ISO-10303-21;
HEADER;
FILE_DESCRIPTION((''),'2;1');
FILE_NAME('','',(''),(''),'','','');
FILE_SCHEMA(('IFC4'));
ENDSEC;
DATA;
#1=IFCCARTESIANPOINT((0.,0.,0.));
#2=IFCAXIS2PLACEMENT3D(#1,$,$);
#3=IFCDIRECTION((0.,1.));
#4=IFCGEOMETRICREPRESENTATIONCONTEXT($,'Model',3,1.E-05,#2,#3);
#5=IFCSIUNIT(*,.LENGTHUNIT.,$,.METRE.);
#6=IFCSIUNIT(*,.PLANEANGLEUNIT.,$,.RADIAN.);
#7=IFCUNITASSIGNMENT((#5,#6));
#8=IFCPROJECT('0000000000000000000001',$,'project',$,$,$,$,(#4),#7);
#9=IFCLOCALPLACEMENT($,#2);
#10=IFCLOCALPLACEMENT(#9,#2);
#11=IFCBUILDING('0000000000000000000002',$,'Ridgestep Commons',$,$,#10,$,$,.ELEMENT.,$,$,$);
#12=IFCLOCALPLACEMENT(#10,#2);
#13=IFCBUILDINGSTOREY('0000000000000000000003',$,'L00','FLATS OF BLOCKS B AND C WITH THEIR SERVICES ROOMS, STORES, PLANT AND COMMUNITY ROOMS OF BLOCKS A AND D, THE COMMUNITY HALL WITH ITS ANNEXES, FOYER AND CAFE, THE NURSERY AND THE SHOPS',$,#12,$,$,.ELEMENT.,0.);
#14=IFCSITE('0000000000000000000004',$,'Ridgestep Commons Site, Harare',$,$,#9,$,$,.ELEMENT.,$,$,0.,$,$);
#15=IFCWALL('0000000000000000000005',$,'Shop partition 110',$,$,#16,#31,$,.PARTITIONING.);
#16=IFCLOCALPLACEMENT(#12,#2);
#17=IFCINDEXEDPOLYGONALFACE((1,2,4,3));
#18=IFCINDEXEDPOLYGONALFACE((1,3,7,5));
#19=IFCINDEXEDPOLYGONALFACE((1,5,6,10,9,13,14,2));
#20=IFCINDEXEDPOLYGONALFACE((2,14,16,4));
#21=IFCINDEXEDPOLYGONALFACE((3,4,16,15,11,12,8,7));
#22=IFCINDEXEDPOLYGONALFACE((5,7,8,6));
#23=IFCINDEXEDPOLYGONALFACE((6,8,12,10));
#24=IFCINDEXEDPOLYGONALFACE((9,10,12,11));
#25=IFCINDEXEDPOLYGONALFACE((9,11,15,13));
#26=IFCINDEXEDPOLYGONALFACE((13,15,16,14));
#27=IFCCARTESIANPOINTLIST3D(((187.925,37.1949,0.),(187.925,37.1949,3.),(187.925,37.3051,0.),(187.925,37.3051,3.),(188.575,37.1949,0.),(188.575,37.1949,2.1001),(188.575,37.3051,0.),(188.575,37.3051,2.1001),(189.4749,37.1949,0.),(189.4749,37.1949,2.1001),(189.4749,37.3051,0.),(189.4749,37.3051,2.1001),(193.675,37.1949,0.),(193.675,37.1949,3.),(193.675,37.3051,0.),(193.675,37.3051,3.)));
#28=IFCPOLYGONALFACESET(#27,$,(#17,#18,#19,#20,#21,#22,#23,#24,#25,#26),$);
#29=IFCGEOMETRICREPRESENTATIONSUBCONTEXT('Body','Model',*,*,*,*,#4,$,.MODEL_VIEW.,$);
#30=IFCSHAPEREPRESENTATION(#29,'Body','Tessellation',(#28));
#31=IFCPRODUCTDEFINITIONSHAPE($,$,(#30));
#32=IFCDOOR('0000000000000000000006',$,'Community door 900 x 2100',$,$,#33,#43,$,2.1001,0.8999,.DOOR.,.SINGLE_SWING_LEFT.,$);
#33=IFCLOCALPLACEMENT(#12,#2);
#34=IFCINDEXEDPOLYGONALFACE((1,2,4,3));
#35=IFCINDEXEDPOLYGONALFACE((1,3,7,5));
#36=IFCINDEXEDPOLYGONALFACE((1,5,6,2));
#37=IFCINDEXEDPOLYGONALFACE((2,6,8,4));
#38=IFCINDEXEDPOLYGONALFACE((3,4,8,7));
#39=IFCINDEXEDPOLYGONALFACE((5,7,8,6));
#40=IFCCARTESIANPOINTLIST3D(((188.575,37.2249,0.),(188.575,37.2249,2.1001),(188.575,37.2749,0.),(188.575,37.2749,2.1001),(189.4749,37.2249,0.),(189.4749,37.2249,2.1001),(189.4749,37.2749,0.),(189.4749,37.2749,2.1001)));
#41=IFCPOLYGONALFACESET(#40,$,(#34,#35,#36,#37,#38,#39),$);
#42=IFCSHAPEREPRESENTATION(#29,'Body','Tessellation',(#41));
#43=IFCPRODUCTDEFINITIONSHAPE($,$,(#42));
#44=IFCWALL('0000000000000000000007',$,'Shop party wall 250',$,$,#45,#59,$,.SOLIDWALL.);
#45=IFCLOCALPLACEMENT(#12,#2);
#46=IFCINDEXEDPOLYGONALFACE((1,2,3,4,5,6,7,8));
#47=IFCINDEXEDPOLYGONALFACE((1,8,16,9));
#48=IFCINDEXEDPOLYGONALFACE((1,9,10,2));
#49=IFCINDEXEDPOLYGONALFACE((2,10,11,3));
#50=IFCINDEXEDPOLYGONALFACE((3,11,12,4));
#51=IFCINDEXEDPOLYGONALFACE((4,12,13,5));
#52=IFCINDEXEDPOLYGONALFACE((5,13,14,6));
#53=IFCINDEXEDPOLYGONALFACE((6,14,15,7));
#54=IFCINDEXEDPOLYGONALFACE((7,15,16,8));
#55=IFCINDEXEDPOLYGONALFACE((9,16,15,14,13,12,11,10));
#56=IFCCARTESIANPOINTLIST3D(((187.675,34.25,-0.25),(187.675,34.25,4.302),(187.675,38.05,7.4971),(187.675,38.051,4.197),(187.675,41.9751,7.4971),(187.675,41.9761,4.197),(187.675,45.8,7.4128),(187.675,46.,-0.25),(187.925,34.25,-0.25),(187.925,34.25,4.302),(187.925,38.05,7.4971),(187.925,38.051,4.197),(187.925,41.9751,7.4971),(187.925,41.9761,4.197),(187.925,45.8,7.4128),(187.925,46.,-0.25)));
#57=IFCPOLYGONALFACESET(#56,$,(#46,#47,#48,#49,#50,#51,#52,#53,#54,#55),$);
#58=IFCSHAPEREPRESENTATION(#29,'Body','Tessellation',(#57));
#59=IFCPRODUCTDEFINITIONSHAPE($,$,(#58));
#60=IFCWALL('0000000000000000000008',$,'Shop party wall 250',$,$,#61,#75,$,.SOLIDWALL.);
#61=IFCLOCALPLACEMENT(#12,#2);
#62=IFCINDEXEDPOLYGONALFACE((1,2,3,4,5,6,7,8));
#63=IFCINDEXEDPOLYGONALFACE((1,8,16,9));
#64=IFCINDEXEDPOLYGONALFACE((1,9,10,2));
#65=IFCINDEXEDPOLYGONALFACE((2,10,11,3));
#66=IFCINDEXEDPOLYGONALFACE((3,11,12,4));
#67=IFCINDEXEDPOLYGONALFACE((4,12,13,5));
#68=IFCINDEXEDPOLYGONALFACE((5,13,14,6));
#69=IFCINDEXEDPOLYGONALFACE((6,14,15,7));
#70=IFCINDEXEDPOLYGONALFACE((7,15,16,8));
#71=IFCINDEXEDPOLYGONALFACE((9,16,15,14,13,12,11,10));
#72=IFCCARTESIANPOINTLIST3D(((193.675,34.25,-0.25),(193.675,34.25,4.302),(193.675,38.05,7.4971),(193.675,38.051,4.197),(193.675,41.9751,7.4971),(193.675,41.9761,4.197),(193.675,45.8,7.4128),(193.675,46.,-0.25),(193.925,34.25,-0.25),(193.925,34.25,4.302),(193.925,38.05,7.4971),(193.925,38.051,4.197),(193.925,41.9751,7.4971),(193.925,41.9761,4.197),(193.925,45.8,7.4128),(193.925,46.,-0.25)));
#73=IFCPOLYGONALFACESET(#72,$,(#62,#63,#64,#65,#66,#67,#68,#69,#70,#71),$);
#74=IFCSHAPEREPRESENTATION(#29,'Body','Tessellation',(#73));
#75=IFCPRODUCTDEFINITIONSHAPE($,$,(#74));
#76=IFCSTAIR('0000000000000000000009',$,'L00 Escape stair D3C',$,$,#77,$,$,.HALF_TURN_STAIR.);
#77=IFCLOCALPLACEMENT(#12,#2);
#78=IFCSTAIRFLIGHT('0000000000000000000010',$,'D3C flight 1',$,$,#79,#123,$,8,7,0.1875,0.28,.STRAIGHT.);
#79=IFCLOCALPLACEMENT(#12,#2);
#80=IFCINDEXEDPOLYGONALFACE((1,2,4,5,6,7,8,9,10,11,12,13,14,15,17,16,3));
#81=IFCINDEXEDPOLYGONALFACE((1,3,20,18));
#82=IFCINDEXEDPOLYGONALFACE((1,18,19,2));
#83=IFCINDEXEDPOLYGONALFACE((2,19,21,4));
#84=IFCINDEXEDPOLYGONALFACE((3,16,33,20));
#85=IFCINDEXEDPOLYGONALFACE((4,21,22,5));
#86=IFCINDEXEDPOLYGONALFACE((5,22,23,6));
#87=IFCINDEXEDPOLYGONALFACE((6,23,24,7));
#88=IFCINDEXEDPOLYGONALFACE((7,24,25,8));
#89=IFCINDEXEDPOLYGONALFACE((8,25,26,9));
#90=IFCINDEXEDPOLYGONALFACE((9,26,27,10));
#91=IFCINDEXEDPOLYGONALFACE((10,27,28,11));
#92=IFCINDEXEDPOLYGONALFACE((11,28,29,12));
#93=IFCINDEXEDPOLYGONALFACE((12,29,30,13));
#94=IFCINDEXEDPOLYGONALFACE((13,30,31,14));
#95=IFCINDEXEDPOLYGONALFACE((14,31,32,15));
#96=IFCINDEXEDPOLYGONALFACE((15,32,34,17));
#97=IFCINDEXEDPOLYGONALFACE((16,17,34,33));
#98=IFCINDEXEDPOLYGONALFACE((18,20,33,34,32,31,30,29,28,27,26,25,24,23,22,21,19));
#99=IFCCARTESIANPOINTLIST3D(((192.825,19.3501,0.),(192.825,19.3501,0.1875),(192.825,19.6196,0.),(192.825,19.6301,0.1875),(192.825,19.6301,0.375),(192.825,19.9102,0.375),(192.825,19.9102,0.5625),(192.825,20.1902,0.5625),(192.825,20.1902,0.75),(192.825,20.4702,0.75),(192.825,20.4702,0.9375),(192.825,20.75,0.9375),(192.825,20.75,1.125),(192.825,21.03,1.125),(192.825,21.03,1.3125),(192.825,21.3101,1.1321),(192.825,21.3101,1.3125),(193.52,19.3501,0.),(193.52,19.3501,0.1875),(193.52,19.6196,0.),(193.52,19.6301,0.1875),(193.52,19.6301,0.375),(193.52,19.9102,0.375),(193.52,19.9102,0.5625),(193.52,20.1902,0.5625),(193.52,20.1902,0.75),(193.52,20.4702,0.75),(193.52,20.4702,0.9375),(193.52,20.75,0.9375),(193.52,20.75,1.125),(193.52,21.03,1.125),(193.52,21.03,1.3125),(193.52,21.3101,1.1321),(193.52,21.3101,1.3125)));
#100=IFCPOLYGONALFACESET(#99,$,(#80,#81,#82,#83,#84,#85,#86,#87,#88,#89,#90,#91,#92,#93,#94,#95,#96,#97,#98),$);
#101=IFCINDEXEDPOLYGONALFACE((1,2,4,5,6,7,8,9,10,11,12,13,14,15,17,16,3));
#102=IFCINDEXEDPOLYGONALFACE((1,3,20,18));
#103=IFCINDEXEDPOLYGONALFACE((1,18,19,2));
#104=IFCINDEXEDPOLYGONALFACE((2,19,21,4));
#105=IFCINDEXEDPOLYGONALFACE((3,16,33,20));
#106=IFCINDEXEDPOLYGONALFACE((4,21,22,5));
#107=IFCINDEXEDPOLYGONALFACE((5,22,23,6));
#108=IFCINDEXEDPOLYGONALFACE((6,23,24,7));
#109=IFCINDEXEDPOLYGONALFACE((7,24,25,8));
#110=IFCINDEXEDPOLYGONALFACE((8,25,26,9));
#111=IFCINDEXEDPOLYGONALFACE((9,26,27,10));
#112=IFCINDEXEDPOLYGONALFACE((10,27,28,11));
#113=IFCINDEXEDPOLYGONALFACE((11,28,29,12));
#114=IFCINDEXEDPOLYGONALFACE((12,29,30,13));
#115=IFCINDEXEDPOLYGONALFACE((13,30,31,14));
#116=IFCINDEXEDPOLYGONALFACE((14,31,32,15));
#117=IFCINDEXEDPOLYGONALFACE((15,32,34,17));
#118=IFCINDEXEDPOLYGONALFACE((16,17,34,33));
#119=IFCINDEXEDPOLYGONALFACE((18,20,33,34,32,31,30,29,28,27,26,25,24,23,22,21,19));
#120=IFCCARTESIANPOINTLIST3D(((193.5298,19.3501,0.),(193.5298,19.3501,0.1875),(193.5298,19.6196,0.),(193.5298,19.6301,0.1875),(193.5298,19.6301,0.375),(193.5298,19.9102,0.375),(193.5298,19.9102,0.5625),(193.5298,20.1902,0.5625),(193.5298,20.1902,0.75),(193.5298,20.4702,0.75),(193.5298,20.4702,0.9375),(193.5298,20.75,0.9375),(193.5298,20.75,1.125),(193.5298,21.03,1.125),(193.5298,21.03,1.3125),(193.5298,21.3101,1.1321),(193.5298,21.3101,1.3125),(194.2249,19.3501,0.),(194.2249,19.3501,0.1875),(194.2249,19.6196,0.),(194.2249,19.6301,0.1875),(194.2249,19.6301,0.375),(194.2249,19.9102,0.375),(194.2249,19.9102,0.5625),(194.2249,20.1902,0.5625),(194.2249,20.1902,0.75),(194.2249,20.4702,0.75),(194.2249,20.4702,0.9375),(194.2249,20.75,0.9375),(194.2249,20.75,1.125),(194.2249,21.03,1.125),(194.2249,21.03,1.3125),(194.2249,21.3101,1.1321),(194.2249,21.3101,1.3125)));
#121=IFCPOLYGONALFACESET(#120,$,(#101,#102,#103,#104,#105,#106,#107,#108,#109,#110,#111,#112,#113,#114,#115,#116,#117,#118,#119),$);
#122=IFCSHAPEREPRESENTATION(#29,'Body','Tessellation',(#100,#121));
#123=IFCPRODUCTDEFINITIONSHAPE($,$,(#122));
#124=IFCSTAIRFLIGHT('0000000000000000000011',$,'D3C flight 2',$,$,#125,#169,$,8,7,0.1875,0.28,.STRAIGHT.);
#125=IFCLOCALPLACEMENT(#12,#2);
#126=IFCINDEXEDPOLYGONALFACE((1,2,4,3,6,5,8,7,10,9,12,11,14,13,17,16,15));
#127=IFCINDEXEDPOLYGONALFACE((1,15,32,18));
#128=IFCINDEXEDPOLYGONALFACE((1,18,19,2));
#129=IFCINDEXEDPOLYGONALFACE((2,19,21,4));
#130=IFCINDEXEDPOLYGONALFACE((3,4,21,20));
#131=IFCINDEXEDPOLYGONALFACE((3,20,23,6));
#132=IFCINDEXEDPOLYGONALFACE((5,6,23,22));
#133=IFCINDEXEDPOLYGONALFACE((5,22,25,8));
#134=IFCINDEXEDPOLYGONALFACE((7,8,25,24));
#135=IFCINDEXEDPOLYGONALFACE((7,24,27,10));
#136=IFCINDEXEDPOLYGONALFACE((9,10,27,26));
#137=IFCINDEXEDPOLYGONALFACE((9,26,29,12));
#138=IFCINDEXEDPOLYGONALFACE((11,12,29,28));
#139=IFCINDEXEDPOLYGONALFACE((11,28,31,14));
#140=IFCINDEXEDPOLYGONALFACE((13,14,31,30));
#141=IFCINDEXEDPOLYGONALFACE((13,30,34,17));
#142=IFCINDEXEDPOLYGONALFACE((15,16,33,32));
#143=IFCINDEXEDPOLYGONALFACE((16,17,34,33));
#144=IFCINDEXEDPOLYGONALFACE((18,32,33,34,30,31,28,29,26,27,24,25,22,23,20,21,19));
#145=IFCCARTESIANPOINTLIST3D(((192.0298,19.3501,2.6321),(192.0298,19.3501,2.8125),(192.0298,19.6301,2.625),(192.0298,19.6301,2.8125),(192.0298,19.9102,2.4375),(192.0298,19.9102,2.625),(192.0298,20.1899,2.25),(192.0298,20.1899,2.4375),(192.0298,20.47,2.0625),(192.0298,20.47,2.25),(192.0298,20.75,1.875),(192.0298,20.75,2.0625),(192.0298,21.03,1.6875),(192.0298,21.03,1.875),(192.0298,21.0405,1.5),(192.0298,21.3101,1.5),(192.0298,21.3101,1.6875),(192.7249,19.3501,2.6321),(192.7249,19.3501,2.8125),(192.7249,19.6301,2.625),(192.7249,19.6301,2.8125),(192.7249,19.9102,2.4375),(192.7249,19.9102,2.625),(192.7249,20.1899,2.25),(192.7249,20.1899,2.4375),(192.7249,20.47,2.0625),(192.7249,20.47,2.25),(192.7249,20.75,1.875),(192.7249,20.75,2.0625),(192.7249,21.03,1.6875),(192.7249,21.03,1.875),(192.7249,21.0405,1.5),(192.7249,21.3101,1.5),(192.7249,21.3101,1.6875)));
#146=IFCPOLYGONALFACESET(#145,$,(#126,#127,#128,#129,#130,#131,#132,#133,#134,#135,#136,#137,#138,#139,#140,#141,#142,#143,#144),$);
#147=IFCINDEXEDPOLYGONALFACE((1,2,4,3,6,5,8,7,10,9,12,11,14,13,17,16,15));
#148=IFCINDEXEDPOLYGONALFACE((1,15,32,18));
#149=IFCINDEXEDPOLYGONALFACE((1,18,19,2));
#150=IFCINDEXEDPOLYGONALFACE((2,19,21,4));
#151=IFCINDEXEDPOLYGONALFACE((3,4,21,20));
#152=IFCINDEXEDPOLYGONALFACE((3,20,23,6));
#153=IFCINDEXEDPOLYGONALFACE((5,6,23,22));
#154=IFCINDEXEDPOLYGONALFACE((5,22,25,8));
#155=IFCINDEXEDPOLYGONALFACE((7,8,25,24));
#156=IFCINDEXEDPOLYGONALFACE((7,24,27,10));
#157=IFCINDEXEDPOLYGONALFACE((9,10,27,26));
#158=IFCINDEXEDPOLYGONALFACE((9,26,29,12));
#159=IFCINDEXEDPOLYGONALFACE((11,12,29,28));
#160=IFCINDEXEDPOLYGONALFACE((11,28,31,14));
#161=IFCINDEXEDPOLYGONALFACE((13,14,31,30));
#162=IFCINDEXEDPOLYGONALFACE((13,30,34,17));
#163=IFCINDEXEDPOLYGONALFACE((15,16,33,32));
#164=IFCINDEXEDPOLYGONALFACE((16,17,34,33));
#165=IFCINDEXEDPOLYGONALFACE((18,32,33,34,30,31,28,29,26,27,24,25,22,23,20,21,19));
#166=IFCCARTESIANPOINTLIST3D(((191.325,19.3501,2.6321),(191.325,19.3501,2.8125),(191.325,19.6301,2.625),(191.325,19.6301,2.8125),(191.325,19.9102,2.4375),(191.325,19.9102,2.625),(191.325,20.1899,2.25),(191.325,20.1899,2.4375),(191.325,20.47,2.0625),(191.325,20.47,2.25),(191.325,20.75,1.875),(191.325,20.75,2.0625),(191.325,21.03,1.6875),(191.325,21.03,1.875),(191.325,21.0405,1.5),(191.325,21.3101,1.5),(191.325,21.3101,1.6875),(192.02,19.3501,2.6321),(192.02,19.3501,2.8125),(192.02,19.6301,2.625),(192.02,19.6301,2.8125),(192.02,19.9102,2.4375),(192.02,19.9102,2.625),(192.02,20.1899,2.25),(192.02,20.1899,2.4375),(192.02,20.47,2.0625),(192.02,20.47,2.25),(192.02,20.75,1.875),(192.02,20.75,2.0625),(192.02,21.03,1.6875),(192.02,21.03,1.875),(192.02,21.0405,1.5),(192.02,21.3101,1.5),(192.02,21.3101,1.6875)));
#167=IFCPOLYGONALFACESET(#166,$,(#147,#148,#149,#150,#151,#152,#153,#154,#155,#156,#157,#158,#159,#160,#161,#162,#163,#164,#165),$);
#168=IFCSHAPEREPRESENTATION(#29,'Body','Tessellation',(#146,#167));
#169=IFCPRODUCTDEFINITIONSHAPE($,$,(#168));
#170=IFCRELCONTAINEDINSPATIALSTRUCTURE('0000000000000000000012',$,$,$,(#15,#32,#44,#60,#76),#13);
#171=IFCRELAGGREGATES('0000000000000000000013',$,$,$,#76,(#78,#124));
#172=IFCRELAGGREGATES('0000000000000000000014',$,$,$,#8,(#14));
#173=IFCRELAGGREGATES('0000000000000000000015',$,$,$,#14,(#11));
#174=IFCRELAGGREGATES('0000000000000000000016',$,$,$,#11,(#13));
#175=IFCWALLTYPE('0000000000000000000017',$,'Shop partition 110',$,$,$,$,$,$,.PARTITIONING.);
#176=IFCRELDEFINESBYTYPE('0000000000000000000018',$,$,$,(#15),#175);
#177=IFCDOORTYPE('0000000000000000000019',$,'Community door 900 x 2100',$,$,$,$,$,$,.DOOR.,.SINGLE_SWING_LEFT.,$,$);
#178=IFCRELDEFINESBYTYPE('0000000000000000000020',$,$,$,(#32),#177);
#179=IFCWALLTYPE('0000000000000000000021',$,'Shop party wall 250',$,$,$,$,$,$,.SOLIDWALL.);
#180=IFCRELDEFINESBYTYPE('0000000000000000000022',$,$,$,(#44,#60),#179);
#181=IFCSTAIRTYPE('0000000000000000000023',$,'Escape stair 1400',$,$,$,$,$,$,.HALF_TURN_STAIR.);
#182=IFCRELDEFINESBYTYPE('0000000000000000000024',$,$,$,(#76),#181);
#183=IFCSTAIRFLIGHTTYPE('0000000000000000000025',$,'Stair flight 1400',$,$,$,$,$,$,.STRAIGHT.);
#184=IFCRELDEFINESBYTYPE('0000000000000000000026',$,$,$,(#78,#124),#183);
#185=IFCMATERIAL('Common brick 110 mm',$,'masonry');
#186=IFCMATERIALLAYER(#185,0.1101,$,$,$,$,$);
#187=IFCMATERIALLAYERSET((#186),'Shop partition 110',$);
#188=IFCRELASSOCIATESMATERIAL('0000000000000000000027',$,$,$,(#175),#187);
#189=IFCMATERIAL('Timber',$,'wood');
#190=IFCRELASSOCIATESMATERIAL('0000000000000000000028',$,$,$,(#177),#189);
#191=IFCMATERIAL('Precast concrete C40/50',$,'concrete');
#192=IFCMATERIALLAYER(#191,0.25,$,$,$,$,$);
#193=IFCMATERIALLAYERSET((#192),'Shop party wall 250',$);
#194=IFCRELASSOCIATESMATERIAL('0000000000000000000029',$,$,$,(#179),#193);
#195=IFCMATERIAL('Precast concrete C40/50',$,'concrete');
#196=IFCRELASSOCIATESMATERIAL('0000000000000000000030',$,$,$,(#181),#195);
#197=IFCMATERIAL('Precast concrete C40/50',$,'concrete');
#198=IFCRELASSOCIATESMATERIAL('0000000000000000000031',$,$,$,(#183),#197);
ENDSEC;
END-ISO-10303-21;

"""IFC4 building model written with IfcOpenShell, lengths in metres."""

from ifc_helpers import new_model, si_unit, direction, frame, frame_2d, origin, place, context, subcontext, project, spatial, polyline, rectangle, outline, extrude, material, layer, layer_set, type_object, element, fill, aggregate, save


model = new_model("IFC4")

# Units and contexts
model_context = context("Model", 3, precision=1e-05, world=origin(), true_north=direction((0.0, 1.0)))
body_context = subcontext(model_context, "Body", "Model", "MODEL_VIEW")
ifc_project = project(units=[si_unit("LENGTHUNIT", "METRE"), si_unit("PLANEANGLEUNIT", "RADIAN")], contexts=[model_context])

# Site, building, storey
site_placement = place(None, origin())
site = spatial("IfcSite", under=ifc_project, at=site_placement, Name="Ridgestep Commons Site, Harare", CompositionType="ELEMENT", RefElevation=0.0)
building_placement = place(site_placement, origin())
building = spatial("IfcBuilding", under=site, at=building_placement, Name="Ridgestep Commons", CompositionType="ELEMENT")
storey_placement = place(building_placement, origin())
storey = spatial("IfcBuildingStorey", under=building, at=storey_placement, Name="L00", Description="FLATS OF BLOCKS B AND C WITH THEIR SERVICES ROOMS, STORES, PLANT AND COMMUNITY ROOMS OF BLOCKS A AND D, THE COMMUNITY HALL WITH ITS ANNEXES, FOYER AND CAFE, THE NURSERY AND THE SHOPS", CompositionType="ELEMENT", Elevation=0.0)

# Wall, opening, door
ifc_material_1 = material(Name="Common brick 110 mm", Category="masonry")
ifc_layer_1 = layer(ifc_material_1, 0.1101)
ifc_layer_set_1 = layer_set([ifc_layer_1], Name="Shop partition 110")
wall_type_1 = type_object("IfcWallType", Name="Shop partition 110", PredefinedType="PARTITIONING", material=ifc_layer_set_1)
wall_1_placement = place(storey_placement, frame((187.925, 37.25, 0.0), z_axis=(0.0, 0.0, 1.0), x_axis=(1.0, 0.0, 0.0)))
wall_1 = element("IfcWall", 1, at=wall_1_placement, inside=storey, type_object=wall_type_1, Name="Shop partition 110", PredefinedType="PARTITIONING", context=body_context, shape_type="SweptSolid", body=[
    extrude(rectangle(XDim=5.75, YDim=0.1101, at=frame_2d((2.875, 0.0))), origin(), (0.0, 0.0, 1.0), 3.0),
])
opening_1_placement = place(wall_1_placement, frame((0.6499, 0.0, 0.0)))
opening_1 = element("IfcOpeningElement", 2, at=opening_1_placement, cuts=wall_1, PredefinedType="OPENING", context=body_context, shape_type="SweptSolid", body=[
    extrude(rectangle(XDim=0.8999, YDim=2.1001, at=frame_2d((0.45, 1.05))), frame((0.0, 0.0649, 0.0), z_axis=(0.0, -1.0, 0.0), x_axis=(1.0, 0.0, 0.0)), (0.0, 0.0, 1.0), 0.1301),
])
ifc_material_2 = material(Name="Timber", Category="wood")
door_type_1 = type_object("IfcDoorType", Name="Community door 900 x 2100", OperationType="SINGLE_SWING_LEFT", PredefinedType="DOOR", material=ifc_material_2)
door_1_placement = place(opening_1_placement, origin())
door_1 = element("IfcDoor", 3, at=door_1_placement, inside=storey, type_object=door_type_1, Name="Community door 900 x 2100", OperationType="SINGLE_SWING_LEFT", OverallHeight=2.1001, OverallWidth=0.8999, PredefinedType="DOOR", context=body_context, shape_type="SweptSolid", body=[
    extrude(rectangle(XDim=0.8999, YDim=2.1001, at=frame_2d((0.45, 1.05))), frame((0.0, 0.0249, 0.0), z_axis=(0.0, -1.0, 0.0), x_axis=(1.0, 0.0, 0.0)), (0.0, 0.0, 1.0), 0.05),
])
fill(opening_1, door_1)

# Walls
ifc_material_3 = material(Name="Precast concrete C40/50", Category="concrete")
ifc_layer_2 = layer(ifc_material_3, 0.25)
ifc_layer_set_2 = layer_set([ifc_layer_2], Name="Shop party wall 250")
wall_type_2 = type_object("IfcWallType", Name="Shop party wall 250", PredefinedType="SOLIDWALL", material=ifc_layer_set_2)
for number, where, z_axis, x_axis, name in (
    (4, (187.8, 34.25, -0.25), (0.0, 0.0, 1.0), (0.0, 1.0, 0.0), "Shop party wall 250"),
    (5, (193.8, 34.25, -0.25), (0.0, 0.0, 1.0), (0.0, 1.0, 0.0), "Shop party wall 250"),
):
    element("IfcWall", number, at=place(storey_placement, frame(where, z_axis=z_axis, x_axis=x_axis)), inside=storey, type_object=wall_type_2, Name=name, PredefinedType="SOLIDWALL", context=body_context, shape_type="SweptSolid", body=[
        extrude(outline(polyline([(0.0, 0.0), (11.75, 0.0), (11.55, 7.6628), (7.7261, 4.447), (7.7251, 7.7471), (3.801, 4.447), (3.8, 7.7471), (0.0, 4.552), (0.0, 0.0)])), frame((0.0, 0.125, 0.0), z_axis=(0.0, -1.0, 0.0), x_axis=(1.0, 0.0, 0.0)), (0.0, 0.0, 1.0), 0.25),
    ])

# Stair, stair flights
ifc_material_4 = material(Name="Precast concrete C40/50", Category="concrete")
stair_type = type_object("IfcStairType", Name="Escape stair 1400", PredefinedType="HALF_TURN_STAIR", material=ifc_material_4)
stair_placement = place(storey_placement, origin())
stair = element("IfcStair", 6, at=stair_placement, inside=storey, type_object=stair_type, Name="L00 Escape stair D3C", PredefinedType="HALF_TURN_STAIR")
ifc_material_5 = material(Name="Precast concrete C40/50", Category="concrete")
stair_flight_type = type_object("IfcStairFlightType", Name="Stair flight 1400", PredefinedType="STRAIGHT", material=ifc_material_5)
stair_flight_1_placement = place(storey_placement, frame((193.5249, 19.3501, 0.0), z_axis=(0.0, 0.0, 1.0), x_axis=(0.0, 1.0, 0.0)))
stair_flight_1 = element("IfcStairFlight", 7, at=stair_flight_1_placement, type_object=stair_flight_type, Name="D3C flight 1", NumberOfRisers=8, NumberOfTreads=7, PredefinedType="STRAIGHT", RiserHeight=0.1875, TreadLength=0.28, context=body_context, shape_type="SweptSolid", body=[
    extrude(outline(polyline([(0.0, 0.0), (0.0, 0.1875), (0.28, 0.1875), (0.28, 0.375), (0.5601, 0.375), (0.5601, 0.5625), (0.8401, 0.5625), (0.8401, 0.75), (1.1201, 0.75), (1.1201, 0.9375), (1.3999, 0.9375), (1.3999, 1.125), (1.6799, 1.125), (1.6799, 1.3125), (1.96, 1.3125), (1.96, 1.5), (1.96, 1.1321), (0.2695, 0.0), (0.0, 0.0)])), frame((0.0, 0.7, 0.0), z_axis=(0.0, -1.0, 0.0), x_axis=(1.0, 0.0, 0.0)), (0.0, 0.0, 1.0), 0.6951),
    extrude(outline(polyline([(0.0, 0.0), (0.0, 0.1875), (0.28, 0.1875), (0.28, 0.375), (0.5601, 0.375), (0.5601, 0.5625), (0.8401, 0.5625), (0.8401, 0.75), (1.1201, 0.75), (1.1201, 0.9375), (1.3999, 0.9375), (1.3999, 1.125), (1.6799, 1.125), (1.6799, 1.3125), (1.96, 1.3125), (1.96, 1.5), (1.96, 1.1321), (0.2695, 0.0), (0.0, 0.0)])), frame((0.0, -0.0049, 0.0), z_axis=(0.0, -1.0, 0.0), x_axis=(1.0, 0.0, 0.0)), (0.0, 0.0, 1.0), 0.6951),
])
stair_flight_2_placement = place(storey_placement, frame((192.0249, 21.3101, 1.5), z_axis=(0.0, 0.0, 1.0), x_axis=(0.0, -1.0, 0.0)))
stair_flight_2 = element("IfcStairFlight", 8, at=stair_flight_2_placement, type_object=stair_flight_type, Name="D3C flight 2", NumberOfRisers=8, NumberOfTreads=7, PredefinedType="STRAIGHT", RiserHeight=0.1875, TreadLength=0.28, context=body_context, shape_type="SweptSolid", body=[
    extrude(outline(polyline([(0.0, 0.0), (0.0, 0.1875), (0.28, 0.1875), (0.28, 0.375), (0.5601, 0.375), (0.5601, 0.5625), (0.8401, 0.5625), (0.8401, 0.75), (1.1201, 0.75), (1.1201, 0.9375), (1.3999, 0.9375), (1.3999, 1.125), (1.6799, 1.125), (1.6799, 1.3125), (1.96, 1.3125), (1.96, 1.5), (1.96, 1.1321), (0.2695, 0.0), (0.0, 0.0)])), frame((0.0, 0.7, 0.0), z_axis=(0.0, -1.0, 0.0), x_axis=(1.0, 0.0, 0.0)), (0.0, 0.0, 1.0), 0.6951),
    extrude(outline(polyline([(0.0, 0.0), (0.0, 0.1875), (0.28, 0.1875), (0.28, 0.375), (0.5601, 0.375), (0.5601, 0.5625), (0.8401, 0.5625), (0.8401, 0.75), (1.1201, 0.75), (1.1201, 0.9375), (1.3999, 0.9375), (1.3999, 1.125), (1.6799, 1.125), (1.6799, 1.3125), (1.96, 1.3125), (1.96, 1.5), (1.96, 1.1321), (0.2695, 0.0), (0.0, 0.0)])), frame((0.0, -0.0049, 0.0), z_axis=(0.0, -1.0, 0.0), x_axis=(1.0, 0.0, 0.0)), (0.0, 0.0, 1.0), 0.6951),
])
aggregate(stair, [stair_flight_1, stair_flight_2])

save(model, "model.ifc")
